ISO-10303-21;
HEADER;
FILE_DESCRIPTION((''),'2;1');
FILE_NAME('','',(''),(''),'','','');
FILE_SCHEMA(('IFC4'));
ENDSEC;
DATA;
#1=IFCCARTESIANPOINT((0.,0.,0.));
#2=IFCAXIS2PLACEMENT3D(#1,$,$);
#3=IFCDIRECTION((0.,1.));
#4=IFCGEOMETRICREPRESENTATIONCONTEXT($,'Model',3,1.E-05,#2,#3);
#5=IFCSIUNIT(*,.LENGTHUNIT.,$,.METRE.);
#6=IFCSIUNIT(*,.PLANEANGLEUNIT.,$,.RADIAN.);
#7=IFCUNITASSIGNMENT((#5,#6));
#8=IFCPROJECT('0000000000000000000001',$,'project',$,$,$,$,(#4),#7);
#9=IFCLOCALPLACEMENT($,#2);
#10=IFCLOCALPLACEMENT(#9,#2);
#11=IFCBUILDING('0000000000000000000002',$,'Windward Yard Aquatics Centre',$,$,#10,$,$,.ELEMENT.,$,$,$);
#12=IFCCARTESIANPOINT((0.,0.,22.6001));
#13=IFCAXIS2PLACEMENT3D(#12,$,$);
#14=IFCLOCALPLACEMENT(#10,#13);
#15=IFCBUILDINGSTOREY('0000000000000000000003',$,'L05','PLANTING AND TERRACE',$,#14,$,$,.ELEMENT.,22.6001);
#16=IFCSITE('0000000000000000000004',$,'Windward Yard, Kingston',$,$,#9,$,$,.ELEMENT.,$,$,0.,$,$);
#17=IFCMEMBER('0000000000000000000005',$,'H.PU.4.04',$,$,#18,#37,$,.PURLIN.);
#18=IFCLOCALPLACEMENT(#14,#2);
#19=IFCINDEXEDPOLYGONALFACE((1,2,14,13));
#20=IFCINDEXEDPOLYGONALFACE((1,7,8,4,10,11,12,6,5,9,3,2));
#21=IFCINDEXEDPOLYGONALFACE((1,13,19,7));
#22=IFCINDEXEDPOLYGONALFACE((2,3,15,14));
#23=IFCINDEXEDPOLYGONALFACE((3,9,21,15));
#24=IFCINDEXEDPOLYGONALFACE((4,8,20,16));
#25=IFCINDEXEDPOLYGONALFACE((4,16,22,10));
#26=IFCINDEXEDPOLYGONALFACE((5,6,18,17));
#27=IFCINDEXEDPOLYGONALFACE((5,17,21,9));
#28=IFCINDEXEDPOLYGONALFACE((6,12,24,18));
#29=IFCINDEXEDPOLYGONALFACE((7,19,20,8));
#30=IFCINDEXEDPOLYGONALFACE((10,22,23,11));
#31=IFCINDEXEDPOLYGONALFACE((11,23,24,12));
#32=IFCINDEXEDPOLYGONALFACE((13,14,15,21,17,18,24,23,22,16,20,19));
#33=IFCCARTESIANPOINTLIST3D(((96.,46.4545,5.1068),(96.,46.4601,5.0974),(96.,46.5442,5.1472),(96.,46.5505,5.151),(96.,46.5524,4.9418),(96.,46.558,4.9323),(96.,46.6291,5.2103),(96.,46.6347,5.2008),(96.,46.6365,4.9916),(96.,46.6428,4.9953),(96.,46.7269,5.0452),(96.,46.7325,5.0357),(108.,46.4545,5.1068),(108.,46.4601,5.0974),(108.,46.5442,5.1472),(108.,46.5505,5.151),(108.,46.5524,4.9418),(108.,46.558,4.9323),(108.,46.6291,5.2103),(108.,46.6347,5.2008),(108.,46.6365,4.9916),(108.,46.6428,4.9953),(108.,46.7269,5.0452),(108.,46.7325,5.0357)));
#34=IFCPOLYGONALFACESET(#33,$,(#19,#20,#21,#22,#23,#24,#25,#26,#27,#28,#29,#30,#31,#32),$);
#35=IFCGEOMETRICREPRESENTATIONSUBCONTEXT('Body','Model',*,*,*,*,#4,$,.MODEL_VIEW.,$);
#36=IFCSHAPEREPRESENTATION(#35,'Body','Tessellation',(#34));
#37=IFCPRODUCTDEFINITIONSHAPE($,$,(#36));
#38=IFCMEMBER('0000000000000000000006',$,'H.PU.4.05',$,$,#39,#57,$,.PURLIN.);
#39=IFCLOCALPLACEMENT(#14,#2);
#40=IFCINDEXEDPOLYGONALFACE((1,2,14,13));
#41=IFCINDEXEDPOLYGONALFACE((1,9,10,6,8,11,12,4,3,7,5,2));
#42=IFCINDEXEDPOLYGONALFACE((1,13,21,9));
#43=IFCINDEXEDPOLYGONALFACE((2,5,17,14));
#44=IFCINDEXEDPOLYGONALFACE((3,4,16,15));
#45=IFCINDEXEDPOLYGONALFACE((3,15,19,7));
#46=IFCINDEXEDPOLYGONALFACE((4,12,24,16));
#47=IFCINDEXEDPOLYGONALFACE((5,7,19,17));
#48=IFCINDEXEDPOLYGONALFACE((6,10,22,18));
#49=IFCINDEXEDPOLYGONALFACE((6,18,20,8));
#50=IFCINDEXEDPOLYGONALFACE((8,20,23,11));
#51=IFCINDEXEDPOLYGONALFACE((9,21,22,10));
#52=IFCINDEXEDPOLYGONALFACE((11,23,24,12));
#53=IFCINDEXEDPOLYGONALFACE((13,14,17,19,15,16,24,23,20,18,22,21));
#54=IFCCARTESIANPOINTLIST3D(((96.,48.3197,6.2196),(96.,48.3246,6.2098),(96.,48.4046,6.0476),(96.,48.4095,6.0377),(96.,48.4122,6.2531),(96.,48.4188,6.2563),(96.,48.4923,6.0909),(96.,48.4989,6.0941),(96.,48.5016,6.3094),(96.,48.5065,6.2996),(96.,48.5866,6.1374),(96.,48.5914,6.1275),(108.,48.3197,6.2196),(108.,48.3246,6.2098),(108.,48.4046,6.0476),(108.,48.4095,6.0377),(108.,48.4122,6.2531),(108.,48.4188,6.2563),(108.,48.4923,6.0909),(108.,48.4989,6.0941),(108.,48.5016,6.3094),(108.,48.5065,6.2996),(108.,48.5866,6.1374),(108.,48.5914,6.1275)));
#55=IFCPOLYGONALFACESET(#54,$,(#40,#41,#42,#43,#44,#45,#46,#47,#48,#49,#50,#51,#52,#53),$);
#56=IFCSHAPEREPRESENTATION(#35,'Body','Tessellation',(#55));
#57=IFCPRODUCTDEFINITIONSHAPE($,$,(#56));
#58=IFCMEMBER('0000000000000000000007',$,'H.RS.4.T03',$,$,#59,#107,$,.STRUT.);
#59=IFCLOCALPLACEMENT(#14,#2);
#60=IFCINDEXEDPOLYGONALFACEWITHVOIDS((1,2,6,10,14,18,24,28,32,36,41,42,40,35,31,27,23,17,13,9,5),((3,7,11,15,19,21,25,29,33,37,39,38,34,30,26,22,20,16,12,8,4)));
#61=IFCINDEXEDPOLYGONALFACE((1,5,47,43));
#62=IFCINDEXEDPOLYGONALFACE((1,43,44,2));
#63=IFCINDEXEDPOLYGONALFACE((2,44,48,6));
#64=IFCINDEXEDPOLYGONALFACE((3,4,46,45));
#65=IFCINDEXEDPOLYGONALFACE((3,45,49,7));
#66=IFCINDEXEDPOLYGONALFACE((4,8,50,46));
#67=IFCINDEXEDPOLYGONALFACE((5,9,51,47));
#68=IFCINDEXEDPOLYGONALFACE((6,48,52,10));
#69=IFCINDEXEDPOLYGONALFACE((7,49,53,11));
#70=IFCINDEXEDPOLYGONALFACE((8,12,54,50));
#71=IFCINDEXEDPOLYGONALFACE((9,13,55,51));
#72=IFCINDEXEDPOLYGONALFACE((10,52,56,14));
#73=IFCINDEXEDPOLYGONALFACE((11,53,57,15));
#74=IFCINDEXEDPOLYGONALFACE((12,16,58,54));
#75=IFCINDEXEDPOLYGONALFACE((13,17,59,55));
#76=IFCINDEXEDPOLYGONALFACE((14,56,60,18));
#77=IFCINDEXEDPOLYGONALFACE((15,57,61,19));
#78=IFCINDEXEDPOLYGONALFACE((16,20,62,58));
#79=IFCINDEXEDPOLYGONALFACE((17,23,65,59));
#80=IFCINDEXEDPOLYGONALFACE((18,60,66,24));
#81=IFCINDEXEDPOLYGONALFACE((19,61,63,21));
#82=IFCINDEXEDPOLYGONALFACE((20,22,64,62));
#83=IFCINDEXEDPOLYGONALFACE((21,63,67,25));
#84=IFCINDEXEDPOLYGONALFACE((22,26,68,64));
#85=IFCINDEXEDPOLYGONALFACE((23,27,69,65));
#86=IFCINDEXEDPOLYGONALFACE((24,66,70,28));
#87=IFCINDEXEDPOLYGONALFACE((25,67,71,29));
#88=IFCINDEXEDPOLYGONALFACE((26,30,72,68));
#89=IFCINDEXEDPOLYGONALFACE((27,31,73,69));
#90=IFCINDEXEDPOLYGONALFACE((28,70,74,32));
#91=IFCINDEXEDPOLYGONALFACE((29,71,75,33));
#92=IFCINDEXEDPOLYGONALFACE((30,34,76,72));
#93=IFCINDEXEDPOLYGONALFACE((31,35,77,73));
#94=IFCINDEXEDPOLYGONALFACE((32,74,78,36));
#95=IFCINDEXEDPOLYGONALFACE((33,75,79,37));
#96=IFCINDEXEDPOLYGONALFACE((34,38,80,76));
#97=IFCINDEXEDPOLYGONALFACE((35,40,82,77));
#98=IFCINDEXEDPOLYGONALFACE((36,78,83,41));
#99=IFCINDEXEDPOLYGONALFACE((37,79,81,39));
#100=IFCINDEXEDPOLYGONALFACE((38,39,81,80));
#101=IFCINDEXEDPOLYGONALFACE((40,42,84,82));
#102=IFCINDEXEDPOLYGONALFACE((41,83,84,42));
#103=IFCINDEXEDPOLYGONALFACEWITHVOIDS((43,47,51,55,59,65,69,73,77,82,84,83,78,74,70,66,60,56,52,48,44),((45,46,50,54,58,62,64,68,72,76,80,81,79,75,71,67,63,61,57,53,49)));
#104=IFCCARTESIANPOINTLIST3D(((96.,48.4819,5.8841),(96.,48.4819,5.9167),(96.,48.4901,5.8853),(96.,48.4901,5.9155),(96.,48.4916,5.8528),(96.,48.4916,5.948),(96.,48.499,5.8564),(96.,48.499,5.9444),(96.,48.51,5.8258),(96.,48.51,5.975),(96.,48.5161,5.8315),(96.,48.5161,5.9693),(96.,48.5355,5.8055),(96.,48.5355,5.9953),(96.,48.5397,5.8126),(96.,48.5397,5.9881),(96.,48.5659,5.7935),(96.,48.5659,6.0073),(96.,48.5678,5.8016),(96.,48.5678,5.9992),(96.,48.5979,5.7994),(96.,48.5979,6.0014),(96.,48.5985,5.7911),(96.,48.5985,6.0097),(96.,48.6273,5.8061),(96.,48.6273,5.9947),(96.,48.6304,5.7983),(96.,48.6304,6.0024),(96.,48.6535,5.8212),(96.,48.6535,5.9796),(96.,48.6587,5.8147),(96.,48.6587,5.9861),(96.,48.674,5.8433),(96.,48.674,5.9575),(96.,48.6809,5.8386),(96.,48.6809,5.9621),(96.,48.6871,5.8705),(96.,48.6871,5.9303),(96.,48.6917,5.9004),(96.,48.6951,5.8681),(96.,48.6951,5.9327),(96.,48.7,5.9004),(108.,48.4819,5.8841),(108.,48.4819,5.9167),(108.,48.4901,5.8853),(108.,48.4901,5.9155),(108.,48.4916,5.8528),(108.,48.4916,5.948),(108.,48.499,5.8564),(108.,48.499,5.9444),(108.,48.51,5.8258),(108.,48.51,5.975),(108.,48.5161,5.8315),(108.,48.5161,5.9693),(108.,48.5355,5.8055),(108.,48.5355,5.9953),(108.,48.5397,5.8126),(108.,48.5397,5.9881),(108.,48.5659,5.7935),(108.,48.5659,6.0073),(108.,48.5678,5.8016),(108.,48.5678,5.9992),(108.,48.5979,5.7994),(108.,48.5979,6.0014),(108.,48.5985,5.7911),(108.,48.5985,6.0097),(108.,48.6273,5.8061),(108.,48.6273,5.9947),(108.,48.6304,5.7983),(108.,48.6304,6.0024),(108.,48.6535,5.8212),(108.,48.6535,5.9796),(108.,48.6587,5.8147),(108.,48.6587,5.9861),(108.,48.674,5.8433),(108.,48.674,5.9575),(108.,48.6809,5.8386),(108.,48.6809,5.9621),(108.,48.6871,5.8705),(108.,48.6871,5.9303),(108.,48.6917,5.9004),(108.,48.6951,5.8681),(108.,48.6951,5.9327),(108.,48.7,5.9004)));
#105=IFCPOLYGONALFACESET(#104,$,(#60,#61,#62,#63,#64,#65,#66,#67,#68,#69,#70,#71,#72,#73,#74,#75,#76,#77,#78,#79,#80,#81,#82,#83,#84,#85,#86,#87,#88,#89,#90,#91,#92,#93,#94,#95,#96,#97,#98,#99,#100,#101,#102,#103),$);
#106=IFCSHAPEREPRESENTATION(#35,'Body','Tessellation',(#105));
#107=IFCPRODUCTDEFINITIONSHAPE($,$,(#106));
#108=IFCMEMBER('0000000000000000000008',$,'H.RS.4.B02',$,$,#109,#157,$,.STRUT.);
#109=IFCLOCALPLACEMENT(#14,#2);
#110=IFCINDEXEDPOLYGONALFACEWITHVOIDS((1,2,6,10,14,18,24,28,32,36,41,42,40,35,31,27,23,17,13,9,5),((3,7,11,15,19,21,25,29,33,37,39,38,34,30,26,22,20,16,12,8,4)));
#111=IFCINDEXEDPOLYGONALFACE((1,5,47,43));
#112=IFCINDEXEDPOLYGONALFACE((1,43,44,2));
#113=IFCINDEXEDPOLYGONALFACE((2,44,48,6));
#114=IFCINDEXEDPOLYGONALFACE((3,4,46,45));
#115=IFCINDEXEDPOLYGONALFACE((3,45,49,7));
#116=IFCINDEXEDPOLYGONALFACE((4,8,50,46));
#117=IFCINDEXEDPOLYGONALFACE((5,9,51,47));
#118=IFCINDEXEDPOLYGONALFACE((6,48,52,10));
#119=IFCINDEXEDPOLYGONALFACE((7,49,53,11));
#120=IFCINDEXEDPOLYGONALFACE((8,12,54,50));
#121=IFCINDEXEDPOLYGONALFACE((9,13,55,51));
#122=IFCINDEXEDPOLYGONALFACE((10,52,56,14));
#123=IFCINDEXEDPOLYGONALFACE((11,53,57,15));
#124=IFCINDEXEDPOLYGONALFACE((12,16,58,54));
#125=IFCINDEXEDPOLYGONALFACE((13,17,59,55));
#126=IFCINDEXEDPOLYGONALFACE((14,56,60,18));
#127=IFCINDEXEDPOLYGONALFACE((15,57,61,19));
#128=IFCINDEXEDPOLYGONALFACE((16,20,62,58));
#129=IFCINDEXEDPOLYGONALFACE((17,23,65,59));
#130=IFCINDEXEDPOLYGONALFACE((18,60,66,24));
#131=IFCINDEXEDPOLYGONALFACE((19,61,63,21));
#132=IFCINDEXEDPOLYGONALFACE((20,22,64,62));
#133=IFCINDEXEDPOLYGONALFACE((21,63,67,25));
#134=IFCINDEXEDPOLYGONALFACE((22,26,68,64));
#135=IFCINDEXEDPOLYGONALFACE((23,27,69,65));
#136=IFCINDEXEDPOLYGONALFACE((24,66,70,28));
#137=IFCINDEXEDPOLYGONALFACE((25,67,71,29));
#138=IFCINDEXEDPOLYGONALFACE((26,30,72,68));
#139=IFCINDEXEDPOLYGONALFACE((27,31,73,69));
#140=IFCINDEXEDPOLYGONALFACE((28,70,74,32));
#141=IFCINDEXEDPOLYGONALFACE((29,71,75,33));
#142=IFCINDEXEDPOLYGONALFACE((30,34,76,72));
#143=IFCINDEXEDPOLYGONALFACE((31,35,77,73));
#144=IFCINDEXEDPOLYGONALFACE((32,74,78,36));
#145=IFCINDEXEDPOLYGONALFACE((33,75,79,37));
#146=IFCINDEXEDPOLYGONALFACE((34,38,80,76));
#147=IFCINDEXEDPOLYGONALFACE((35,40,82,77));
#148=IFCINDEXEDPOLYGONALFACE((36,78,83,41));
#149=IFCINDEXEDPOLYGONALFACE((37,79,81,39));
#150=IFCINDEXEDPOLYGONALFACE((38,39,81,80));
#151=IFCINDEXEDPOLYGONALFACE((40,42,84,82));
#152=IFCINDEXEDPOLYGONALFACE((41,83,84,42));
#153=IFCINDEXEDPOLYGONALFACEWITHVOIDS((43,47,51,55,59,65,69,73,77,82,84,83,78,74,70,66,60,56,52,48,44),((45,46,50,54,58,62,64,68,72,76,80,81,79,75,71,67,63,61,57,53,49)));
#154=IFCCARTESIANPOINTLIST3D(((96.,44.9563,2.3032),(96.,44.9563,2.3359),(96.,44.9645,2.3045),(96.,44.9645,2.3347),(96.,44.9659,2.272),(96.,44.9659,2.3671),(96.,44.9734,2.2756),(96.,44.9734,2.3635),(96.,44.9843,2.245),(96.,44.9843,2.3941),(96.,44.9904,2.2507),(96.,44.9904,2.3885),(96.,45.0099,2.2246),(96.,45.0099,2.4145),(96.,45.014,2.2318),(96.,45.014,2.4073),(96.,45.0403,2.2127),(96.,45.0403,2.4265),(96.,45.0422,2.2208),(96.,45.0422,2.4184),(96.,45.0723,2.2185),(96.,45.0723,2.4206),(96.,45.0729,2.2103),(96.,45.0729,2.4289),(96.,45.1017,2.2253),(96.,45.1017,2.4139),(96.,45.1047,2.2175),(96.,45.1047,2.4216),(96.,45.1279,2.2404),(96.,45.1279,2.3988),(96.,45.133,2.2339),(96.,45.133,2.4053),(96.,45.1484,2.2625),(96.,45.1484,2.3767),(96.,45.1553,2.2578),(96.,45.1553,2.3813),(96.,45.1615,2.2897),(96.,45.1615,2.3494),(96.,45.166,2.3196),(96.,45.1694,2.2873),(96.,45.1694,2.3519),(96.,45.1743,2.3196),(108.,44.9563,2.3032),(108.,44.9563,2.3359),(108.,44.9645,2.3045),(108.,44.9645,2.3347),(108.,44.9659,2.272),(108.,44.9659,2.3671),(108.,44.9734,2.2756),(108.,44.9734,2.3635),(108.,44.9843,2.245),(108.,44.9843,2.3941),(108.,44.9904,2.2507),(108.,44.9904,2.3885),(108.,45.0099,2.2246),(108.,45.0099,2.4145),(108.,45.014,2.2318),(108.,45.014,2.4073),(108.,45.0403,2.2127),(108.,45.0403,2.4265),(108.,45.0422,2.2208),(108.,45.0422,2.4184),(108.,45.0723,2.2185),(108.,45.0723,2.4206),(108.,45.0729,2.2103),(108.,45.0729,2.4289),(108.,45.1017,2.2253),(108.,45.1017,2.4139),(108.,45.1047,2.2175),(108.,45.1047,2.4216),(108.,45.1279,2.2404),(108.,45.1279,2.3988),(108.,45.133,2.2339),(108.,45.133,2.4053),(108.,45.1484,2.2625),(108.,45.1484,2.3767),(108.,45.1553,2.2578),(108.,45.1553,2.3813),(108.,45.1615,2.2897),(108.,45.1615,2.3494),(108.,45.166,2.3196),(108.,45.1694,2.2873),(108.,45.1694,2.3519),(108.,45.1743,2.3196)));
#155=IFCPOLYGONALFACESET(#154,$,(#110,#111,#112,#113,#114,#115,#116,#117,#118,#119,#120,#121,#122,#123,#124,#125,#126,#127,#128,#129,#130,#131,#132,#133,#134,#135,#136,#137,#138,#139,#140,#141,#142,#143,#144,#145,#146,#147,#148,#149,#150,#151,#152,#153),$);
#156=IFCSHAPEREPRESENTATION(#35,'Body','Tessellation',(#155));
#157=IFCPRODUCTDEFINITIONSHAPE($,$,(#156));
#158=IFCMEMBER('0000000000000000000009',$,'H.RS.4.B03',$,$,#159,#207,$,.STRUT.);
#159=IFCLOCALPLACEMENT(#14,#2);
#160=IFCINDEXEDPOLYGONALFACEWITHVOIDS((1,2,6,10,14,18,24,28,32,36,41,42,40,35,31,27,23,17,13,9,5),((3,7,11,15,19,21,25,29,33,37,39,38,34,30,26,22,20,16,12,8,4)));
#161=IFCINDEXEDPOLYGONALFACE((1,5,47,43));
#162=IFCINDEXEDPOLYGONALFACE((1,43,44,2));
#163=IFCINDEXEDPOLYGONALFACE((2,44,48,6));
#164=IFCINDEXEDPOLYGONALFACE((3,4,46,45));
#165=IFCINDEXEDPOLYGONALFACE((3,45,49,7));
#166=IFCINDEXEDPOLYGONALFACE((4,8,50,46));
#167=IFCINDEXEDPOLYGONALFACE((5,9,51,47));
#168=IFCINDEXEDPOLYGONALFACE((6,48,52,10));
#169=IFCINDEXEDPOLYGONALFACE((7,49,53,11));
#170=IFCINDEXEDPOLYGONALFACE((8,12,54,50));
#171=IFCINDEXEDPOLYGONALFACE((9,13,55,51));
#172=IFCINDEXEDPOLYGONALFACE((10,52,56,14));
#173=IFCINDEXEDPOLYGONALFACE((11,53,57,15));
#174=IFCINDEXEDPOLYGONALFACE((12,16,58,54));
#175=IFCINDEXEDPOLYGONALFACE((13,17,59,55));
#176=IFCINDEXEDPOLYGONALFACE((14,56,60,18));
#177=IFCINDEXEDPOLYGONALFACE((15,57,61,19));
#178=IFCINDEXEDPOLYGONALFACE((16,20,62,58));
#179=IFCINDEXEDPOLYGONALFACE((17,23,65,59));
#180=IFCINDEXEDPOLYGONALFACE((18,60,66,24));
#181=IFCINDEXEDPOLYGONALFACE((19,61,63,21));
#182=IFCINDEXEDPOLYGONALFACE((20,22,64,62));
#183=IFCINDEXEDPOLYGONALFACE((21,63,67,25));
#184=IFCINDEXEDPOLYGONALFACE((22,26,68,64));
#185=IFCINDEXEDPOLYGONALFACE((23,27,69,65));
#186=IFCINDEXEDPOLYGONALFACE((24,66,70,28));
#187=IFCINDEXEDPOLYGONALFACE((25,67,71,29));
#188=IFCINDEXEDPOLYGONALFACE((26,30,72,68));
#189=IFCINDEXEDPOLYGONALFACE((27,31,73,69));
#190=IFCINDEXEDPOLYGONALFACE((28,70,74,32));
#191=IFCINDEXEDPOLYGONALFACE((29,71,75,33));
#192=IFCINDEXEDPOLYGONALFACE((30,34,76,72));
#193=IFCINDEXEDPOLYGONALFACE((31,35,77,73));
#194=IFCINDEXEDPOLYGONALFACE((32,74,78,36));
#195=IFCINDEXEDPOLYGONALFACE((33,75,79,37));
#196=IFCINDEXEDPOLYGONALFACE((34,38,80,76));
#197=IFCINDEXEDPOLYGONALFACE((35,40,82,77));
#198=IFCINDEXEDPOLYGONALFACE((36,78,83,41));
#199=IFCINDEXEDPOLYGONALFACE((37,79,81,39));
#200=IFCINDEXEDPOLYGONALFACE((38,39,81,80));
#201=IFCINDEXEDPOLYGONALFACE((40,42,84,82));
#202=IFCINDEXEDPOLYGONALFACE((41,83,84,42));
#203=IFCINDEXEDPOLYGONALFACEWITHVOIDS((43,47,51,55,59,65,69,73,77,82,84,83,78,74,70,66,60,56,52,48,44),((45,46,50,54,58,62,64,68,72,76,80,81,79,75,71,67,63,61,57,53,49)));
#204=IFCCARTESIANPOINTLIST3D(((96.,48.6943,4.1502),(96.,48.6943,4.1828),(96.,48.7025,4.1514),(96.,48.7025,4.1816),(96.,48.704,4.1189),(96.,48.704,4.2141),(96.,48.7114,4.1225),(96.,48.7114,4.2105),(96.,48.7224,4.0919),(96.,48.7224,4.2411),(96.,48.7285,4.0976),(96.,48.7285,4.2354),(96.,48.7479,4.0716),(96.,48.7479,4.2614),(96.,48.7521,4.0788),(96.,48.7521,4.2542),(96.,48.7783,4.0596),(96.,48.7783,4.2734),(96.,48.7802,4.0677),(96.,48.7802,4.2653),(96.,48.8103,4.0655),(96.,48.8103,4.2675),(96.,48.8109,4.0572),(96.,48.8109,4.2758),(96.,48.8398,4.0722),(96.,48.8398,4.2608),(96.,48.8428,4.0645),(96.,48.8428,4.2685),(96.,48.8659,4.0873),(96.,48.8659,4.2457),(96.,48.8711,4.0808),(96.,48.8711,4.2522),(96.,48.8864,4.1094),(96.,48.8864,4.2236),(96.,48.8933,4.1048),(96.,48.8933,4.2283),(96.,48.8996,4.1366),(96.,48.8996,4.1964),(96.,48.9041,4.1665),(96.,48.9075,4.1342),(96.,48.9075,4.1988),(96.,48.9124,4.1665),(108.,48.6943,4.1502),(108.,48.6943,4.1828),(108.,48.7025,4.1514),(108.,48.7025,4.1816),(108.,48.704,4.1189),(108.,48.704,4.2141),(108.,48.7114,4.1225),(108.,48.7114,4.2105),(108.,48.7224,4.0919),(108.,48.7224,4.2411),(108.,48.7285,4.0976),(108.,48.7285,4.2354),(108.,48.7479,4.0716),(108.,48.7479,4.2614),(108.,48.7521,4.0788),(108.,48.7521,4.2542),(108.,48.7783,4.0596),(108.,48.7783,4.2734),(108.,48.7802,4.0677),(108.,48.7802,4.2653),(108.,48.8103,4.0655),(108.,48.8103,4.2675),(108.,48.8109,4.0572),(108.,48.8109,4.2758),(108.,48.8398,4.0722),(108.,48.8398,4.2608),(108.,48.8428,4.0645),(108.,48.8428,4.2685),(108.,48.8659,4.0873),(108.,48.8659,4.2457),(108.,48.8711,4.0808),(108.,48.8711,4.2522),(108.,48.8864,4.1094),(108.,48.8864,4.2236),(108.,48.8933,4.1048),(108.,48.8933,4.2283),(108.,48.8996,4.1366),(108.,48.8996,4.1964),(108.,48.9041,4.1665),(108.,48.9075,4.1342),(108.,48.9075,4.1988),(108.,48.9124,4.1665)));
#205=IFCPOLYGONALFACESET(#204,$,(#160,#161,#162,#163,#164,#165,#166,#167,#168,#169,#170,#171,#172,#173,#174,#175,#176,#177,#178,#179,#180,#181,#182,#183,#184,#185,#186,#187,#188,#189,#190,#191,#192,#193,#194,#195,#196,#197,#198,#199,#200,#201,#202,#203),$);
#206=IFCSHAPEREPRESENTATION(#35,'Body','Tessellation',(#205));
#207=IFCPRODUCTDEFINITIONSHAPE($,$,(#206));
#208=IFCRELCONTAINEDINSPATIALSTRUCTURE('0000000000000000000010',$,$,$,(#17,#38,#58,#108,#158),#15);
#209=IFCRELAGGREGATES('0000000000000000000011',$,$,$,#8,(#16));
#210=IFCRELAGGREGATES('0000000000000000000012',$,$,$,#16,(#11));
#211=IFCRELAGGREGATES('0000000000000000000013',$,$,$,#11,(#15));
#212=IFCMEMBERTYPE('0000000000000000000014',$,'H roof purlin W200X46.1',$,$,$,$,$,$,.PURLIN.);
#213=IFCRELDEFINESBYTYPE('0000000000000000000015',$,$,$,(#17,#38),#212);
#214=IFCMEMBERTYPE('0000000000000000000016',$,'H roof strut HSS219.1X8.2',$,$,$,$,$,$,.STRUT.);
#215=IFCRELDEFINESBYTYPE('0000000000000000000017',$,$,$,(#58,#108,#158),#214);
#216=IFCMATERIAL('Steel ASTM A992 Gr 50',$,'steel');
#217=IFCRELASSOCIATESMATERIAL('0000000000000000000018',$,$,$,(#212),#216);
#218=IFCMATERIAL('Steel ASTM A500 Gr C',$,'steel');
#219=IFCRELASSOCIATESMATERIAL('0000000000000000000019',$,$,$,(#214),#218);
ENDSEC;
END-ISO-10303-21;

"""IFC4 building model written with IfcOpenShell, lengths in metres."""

from ifc_helpers import new_model, si_unit, direction, frame, origin, origin_2d, place, context, subcontext, project, spatial, hollow_circle, i_section, extrude, material, material_profile, profile_set, type_object, element, save


model = new_model("IFC4")

# Units and contexts
model_context = context("Model", 3, precision=1e-05, world=origin(), true_north=direction((0.0, 1.0)))
body_context = subcontext(model_context, "Body", "Model", "MODEL_VIEW")
ifc_project = project(units=[si_unit("LENGTHUNIT", "METRE"), si_unit("PLANEANGLEUNIT", "RADIAN")], contexts=[model_context])

# Site, building, storey
site_placement = place(None, origin())
site = spatial("IfcSite", under=ifc_project, at=site_placement, Name="Windward Yard, Kingston", CompositionType="ELEMENT", RefElevation=0.0)
building_placement = place(site_placement, origin())
building = spatial("IfcBuilding", under=site, at=building_placement, Name="Windward Yard Aquatics Centre", CompositionType="ELEMENT")
storey_placement = place(building_placement, frame((0.0, 0.0, 22.6001)))
storey = spatial("IfcBuildingStorey", under=building, at=storey_placement, Name="L05", Description="PLANTING AND TERRACE", CompositionType="ELEMENT", Elevation=22.6001)

# Shared definitions
ifc_material_1 = material(Name="Steel ASTM A500 Gr C", Category="steel")

# Shared definitions
ifc_material_2 = material(Name="Steel ASTM A992 Gr 50", Category="steel")

# Members
ifc_material_profile_1 = material_profile(ifc_material_2, i_section(OverallWidth=0.2029, OverallDepth=0.2029, WebThickness=0.0073, FlangeThickness=0.011, at=origin_2d()), Name="W200X46.1")
ifc_profile_set_1 = profile_set([ifc_material_profile_1], Name="Steel ASTM A992 Gr 50")
member_type_1 = type_object("IfcMemberType", Name="H roof purlin W200X46.1", PredefinedType="PURLIN", material=ifc_profile_set_1)
for number, where, z_axis, x_axis, name in (
    (1, (96.0, 46.5935, 5.0713), (1.0, 0.0, 0.0), (0.0, 0.86027, 0.509838), "H.PU.4.04"),
    (2, (96.0, 48.4556, 6.1736), (1.0, 0.0, 0.0), (0.0, 0.896687, 0.442665), "H.PU.4.05"),
):
    element("IfcMember", number, at=place(storey_placement, frame(where, z_axis=z_axis, x_axis=x_axis)), inside=storey, type_object=member_type_1, Name=name, PredefinedType="PURLIN", context=body_context, shape_type="SweptSolid", body=[
        extrude(i_section(OverallWidth=0.2029, OverallDepth=0.2029, WebThickness=0.0073, FlangeThickness=0.011, at=origin_2d()), origin(), (0.0, 0.0, 1.0), 12.0),
    ])
ifc_material_profile_2 = material_profile(ifc_material_1, hollow_circle(Radius=0.1096, WallThickness=0.0083, at=origin_2d()), Name="HSS219.1X8.2")
ifc_profile_set_2 = profile_set([ifc_material_profile_2], Name="Steel ASTM A500 Gr C")
member_type_2 = type_object("IfcMemberType", Name="H roof strut HSS219.1X8.2", PredefinedType="STRUT", material=ifc_profile_set_2)
for number, where, z_axis, x_axis, name in (
    (3, (96.0, 48.5903, 5.9004), (1.0, 0.0, 0.0), (0.0, 1.0, 0.0), "H.RS.4.T03"),
    (4, (96.0, 45.0647, 2.3196), (1.0, 0.0, 0.0), (0.0, 1.0, 0.0), "H.RS.4.B02"),
    (5, (96.0, 48.8027, 4.1665), (1.0, 0.0, 0.0), (0.0, 1.0, 0.0), "H.RS.4.B03"),
):
    element("IfcMember", number, at=place(storey_placement, frame(where, z_axis=z_axis, x_axis=x_axis)), inside=storey, type_object=member_type_2, Name=name, PredefinedType="STRUT", context=body_context, shape_type="SweptSolid", body=[
        extrude(hollow_circle(Radius=0.1096, WallThickness=0.0083, at=origin_2d()), origin(), (0.0, 0.0, 1.0), 12.0),
    ])

save(model, "model.ifc")
